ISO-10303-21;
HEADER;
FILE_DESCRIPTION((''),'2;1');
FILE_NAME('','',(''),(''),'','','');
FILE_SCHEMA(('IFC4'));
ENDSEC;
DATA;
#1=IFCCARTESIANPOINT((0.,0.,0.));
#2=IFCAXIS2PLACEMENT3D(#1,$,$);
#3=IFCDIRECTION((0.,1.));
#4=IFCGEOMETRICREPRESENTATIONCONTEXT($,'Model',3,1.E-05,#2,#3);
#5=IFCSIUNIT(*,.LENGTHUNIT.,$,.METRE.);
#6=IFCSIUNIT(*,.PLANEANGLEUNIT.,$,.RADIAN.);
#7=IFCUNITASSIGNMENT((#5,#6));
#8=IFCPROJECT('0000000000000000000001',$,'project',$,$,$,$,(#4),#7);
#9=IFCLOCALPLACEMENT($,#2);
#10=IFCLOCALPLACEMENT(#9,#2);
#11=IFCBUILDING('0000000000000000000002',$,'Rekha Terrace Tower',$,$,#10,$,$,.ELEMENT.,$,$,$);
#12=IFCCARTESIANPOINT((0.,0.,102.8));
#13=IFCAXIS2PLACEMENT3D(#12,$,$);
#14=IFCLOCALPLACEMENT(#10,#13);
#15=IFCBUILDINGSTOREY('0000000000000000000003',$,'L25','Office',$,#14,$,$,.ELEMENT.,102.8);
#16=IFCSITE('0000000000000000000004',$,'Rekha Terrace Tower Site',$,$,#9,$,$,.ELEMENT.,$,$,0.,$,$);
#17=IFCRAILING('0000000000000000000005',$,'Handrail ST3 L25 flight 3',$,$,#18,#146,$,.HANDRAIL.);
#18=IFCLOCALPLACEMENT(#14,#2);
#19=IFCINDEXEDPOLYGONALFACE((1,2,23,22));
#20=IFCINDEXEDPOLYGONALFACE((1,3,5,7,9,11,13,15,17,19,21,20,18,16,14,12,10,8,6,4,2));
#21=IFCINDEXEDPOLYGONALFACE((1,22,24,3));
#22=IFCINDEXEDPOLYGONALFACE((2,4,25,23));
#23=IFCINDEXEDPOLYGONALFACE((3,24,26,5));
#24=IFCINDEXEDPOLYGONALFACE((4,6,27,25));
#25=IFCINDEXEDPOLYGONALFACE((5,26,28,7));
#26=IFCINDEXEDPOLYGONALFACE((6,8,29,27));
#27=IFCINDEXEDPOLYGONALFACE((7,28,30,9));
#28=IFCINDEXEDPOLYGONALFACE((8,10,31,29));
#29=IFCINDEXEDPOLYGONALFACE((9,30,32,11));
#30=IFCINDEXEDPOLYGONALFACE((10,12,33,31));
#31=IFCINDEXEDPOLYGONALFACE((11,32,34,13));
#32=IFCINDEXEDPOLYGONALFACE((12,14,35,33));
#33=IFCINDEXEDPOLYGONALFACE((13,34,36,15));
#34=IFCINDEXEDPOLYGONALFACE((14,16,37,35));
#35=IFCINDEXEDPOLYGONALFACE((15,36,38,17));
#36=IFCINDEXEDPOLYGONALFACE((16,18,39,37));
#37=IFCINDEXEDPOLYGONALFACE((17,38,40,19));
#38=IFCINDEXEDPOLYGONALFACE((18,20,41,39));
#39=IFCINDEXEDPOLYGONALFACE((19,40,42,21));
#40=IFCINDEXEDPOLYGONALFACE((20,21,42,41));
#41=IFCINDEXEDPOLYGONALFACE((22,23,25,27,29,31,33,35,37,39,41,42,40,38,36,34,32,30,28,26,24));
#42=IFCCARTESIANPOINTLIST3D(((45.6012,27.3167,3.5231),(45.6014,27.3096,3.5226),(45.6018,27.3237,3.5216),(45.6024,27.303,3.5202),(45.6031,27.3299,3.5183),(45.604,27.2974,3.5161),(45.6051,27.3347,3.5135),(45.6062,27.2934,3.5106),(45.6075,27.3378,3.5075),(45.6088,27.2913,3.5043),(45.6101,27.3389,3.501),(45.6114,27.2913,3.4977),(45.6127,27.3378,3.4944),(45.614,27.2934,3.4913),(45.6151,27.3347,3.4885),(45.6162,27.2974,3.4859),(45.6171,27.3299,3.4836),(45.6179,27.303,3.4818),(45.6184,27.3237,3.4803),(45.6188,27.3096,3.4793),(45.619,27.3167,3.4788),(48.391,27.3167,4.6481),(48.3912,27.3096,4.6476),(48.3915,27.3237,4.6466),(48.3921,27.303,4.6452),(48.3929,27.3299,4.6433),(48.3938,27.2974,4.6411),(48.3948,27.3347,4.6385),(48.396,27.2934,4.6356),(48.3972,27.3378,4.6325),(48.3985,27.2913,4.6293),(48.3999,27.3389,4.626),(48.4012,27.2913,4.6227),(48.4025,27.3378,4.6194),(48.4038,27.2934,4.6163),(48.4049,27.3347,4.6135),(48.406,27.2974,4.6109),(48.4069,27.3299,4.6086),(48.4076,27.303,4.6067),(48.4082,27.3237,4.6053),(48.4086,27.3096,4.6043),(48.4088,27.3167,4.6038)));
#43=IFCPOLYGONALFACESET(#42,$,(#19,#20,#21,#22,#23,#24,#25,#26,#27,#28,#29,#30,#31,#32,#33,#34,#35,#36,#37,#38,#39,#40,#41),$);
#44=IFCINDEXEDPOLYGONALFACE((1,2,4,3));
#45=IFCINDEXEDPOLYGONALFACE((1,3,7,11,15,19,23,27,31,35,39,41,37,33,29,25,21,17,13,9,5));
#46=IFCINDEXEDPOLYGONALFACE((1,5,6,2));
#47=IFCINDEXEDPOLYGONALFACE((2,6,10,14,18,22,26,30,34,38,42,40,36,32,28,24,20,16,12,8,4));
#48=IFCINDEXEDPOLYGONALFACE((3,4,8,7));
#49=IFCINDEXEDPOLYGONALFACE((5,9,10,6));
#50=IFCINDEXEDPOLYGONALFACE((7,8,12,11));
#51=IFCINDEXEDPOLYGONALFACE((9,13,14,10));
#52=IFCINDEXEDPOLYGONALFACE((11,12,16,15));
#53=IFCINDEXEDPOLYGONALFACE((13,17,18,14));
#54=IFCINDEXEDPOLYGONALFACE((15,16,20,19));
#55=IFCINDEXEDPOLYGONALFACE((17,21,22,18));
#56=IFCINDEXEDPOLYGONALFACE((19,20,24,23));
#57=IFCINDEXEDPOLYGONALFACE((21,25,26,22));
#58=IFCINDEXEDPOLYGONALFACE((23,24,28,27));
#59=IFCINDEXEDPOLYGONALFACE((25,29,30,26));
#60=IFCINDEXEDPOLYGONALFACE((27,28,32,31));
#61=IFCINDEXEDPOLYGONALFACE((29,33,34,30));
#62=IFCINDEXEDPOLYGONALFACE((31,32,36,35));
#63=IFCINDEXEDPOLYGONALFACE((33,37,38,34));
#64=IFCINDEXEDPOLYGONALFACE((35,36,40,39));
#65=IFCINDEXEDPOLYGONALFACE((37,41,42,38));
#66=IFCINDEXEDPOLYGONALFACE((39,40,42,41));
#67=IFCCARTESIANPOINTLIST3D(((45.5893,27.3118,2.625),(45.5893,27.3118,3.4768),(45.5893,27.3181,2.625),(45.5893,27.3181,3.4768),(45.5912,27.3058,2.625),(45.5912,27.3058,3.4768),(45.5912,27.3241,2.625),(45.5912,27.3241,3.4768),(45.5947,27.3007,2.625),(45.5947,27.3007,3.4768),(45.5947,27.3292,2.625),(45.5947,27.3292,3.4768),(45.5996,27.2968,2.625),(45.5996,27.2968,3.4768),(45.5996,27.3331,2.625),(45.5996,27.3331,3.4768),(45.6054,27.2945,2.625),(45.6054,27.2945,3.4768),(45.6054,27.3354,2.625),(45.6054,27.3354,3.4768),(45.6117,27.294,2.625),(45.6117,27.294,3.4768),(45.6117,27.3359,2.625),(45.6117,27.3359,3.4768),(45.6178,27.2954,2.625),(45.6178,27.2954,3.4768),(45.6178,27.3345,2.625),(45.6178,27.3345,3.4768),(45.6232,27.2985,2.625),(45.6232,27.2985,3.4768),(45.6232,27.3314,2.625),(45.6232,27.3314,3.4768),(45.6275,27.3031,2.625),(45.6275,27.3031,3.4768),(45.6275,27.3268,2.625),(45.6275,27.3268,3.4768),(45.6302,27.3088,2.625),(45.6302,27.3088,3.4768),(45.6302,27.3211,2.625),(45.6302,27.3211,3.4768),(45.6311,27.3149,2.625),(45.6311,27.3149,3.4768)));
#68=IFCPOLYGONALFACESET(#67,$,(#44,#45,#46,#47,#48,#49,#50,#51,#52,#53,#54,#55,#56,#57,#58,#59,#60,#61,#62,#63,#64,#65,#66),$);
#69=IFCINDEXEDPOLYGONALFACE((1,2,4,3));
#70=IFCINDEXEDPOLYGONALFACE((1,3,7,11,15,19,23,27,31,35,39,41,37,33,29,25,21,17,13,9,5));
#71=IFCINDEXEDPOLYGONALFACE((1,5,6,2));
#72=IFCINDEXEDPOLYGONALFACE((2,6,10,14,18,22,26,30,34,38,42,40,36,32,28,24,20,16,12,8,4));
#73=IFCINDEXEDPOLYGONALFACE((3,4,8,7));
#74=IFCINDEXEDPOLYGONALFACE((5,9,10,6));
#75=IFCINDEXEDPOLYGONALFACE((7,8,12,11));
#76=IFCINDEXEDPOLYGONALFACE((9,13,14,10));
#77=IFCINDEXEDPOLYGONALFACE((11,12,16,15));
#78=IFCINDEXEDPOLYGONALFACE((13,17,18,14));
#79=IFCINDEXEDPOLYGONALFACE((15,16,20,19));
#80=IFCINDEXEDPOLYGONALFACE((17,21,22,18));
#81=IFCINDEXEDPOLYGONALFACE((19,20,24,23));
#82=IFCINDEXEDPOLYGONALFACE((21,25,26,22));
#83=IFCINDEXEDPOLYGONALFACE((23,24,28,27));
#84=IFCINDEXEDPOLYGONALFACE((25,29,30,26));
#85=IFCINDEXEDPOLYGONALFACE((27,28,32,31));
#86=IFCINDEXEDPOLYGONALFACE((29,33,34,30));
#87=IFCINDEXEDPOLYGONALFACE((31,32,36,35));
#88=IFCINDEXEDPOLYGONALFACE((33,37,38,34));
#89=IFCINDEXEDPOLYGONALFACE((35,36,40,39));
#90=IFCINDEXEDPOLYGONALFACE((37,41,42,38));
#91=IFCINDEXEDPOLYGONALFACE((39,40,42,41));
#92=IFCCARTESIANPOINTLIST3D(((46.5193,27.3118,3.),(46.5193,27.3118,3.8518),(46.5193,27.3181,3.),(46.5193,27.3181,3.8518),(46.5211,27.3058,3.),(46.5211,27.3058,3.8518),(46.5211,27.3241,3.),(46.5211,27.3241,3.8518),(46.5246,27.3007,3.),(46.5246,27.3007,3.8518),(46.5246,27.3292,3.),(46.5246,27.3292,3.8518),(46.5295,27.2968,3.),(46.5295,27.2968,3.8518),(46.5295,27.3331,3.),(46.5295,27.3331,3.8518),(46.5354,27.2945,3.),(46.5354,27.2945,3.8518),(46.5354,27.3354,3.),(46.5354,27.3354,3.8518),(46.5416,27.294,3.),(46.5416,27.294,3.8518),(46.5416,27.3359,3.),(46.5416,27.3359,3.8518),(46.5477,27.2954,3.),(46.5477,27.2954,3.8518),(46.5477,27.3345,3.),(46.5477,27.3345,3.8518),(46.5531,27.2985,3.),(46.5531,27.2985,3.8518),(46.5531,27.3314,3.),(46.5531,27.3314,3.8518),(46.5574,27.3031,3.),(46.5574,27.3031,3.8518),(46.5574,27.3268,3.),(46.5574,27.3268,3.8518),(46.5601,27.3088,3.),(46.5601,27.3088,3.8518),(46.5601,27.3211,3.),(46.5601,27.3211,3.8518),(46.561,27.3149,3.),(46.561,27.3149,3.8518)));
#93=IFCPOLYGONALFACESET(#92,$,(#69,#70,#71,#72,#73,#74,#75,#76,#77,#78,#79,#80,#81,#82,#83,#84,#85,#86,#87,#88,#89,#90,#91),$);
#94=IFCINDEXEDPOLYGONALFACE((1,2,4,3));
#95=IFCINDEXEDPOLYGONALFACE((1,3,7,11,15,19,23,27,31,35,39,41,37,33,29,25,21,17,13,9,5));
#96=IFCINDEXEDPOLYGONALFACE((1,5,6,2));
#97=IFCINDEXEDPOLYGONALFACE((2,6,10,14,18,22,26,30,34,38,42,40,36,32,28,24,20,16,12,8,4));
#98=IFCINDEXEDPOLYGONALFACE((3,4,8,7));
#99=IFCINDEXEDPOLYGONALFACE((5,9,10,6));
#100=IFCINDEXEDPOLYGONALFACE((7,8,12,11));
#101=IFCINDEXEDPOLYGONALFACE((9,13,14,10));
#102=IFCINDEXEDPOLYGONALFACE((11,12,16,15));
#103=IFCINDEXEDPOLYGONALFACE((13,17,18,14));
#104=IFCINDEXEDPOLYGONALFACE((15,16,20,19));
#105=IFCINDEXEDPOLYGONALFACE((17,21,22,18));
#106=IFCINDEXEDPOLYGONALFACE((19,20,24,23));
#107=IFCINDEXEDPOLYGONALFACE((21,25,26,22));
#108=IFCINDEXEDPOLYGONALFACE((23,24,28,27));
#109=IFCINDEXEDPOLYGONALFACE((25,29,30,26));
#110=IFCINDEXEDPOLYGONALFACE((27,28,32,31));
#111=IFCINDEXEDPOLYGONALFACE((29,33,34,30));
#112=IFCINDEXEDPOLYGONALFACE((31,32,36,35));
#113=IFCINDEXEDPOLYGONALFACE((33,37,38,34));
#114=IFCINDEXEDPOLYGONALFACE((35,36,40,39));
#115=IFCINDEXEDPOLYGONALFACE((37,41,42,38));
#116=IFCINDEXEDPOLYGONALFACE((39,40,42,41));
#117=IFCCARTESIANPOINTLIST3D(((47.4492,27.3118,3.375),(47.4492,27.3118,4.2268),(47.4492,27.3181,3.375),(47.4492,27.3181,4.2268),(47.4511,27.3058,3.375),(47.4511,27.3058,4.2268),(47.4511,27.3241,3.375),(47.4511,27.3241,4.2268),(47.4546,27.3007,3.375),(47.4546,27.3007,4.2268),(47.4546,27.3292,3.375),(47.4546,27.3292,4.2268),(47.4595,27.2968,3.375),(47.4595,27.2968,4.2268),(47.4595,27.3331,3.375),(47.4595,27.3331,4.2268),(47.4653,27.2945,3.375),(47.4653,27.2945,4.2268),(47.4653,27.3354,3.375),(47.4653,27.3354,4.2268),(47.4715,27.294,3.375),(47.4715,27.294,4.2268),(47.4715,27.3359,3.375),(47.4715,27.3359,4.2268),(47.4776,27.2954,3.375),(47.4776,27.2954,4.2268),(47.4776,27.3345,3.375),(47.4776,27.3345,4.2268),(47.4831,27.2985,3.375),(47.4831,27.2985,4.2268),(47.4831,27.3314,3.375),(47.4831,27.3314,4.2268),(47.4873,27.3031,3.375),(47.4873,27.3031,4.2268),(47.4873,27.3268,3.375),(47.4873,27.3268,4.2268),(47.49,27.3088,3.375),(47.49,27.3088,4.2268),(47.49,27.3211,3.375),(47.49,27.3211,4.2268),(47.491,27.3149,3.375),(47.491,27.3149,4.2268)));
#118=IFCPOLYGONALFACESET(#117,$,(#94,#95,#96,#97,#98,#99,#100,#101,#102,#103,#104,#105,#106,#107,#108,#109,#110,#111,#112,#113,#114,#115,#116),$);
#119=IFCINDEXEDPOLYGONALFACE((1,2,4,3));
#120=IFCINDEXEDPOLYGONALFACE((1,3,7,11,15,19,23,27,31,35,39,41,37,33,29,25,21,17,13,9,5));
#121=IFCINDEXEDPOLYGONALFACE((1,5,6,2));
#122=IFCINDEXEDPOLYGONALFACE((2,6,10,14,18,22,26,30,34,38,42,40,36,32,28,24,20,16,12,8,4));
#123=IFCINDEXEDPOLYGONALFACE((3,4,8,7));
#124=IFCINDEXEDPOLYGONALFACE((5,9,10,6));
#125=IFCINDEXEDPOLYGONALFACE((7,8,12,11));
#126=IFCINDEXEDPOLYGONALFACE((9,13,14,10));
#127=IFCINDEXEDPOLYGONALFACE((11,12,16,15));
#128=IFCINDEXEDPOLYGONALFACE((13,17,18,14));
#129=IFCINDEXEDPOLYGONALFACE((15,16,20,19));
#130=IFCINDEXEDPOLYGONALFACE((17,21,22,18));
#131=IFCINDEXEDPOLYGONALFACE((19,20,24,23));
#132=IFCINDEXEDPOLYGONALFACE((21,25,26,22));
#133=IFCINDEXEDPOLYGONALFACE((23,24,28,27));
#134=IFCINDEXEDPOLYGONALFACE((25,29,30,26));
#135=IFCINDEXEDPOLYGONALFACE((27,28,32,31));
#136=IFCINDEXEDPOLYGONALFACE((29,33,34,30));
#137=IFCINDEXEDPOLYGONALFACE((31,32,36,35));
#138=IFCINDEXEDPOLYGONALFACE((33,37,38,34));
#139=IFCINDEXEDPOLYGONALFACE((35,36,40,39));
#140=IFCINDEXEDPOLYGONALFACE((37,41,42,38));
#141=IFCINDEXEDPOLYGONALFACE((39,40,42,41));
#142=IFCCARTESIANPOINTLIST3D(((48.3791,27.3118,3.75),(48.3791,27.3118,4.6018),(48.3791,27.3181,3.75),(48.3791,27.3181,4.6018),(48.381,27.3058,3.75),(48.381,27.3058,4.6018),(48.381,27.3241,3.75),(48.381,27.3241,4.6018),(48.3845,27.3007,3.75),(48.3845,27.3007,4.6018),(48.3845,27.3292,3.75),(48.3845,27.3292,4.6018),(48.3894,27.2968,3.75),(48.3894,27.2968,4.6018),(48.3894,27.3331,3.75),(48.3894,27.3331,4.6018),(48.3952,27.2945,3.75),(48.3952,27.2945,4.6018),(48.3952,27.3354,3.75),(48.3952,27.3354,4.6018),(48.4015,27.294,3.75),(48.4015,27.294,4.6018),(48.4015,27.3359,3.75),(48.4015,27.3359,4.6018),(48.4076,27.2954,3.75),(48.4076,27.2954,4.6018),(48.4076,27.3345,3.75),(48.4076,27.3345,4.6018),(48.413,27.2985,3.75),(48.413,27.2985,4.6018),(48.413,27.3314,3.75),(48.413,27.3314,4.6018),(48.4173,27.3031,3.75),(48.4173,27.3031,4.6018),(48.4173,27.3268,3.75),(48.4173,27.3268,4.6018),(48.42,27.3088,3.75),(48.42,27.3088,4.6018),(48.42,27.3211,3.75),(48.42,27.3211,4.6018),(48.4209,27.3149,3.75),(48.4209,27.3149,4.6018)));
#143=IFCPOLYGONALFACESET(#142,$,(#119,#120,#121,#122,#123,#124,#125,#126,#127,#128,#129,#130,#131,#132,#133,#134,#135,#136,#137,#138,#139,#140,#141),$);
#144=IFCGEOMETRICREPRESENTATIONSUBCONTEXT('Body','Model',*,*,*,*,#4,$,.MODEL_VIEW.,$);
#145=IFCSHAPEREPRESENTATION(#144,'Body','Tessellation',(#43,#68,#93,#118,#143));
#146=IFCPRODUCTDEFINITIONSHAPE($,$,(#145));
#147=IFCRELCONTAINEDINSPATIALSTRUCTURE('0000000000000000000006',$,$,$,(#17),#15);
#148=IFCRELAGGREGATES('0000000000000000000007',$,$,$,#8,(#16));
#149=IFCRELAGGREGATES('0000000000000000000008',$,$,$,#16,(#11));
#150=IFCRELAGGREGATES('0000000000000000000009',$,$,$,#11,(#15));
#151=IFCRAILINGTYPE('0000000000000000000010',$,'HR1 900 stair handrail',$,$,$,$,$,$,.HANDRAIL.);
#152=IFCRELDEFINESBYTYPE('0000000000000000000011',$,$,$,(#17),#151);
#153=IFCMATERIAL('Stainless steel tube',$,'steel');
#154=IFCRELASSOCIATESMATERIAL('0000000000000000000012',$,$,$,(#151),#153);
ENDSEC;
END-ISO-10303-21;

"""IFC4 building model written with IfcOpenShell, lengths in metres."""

from ifc_helpers import new_model, si_unit, direction, frame, origin, origin_2d, place, context, subcontext, project, spatial, circle, extrude, material, type_object, element, save


model = new_model("IFC4")

# Units and contexts
model_context = context("Model", 3, precision=1e-05, world=origin(), true_north=direction((0.0, 1.0)))
body_context = subcontext(model_context, "Body", "Model", "MODEL_VIEW")
ifc_project = project(units=[si_unit("LENGTHUNIT", "METRE"), si_unit("PLANEANGLEUNIT", "RADIAN")], contexts=[model_context])

# Site, building, storey
site_placement = place(None, origin())
site = spatial("IfcSite", under=ifc_project, at=site_placement, Name="Rekha Terrace Tower Site", CompositionType="ELEMENT", RefElevation=0.0)
building_placement = place(site_placement, origin())
building = spatial("IfcBuilding", under=site, at=building_placement, Name="Rekha Terrace Tower", CompositionType="ELEMENT")
storey_placement = place(building_placement, frame((0.0, 0.0, 102.8)))
storey = spatial("IfcBuildingStorey", under=building, at=storey_placement, Name="L25", Description="Office", CompositionType="ELEMENT", Elevation=102.8)

# Railing
ifc_material_1 = material(Name="Stainless steel tube", Category="steel")
railing_type_1 = type_object("IfcRailingType", Name="HR1 900 stair handrail", PredefinedType="HANDRAIL", material=ifc_material_1)
railing_1_placement = place(storey_placement, frame((45.6101, 27.3149, 2.625)))
element("IfcRailing", 1, at=railing_1_placement, inside=storey, type_object=railing_type_1, Name="Handrail ST3 L25 flight 3", PredefinedType="HANDRAIL", context=body_context, shape_type="SweptSolid", body=[
    extrude(circle(Radius=0.0239, at=origin_2d()), frame((0.0, 0.0, 0.876), z_axis=(0.927432, 0.0, 0.373992), x_axis=(0.0, 1.0, 0.0)), (0.0, 0.0, 1.0), 3.0081),
    extrude(circle(Radius=0.021, at=origin_2d()), origin(), (0.0, 0.0, 1.0), 0.8518),
    extrude(circle(Radius=0.021, at=origin_2d()), frame((0.9299, 0.0, 0.375)), (0.0, 0.0, 1.0), 0.8518),
    extrude(circle(Radius=0.021, at=origin_2d()), frame((1.8599, 0.0, 0.75)), (0.0, 0.0, 1.0), 0.8518),
    extrude(circle(Radius=0.021, at=origin_2d()), frame((2.7898, 0.0, 1.125)), (0.0, 0.0, 1.0), 0.8518),
])

save(model, "model.ifc")
